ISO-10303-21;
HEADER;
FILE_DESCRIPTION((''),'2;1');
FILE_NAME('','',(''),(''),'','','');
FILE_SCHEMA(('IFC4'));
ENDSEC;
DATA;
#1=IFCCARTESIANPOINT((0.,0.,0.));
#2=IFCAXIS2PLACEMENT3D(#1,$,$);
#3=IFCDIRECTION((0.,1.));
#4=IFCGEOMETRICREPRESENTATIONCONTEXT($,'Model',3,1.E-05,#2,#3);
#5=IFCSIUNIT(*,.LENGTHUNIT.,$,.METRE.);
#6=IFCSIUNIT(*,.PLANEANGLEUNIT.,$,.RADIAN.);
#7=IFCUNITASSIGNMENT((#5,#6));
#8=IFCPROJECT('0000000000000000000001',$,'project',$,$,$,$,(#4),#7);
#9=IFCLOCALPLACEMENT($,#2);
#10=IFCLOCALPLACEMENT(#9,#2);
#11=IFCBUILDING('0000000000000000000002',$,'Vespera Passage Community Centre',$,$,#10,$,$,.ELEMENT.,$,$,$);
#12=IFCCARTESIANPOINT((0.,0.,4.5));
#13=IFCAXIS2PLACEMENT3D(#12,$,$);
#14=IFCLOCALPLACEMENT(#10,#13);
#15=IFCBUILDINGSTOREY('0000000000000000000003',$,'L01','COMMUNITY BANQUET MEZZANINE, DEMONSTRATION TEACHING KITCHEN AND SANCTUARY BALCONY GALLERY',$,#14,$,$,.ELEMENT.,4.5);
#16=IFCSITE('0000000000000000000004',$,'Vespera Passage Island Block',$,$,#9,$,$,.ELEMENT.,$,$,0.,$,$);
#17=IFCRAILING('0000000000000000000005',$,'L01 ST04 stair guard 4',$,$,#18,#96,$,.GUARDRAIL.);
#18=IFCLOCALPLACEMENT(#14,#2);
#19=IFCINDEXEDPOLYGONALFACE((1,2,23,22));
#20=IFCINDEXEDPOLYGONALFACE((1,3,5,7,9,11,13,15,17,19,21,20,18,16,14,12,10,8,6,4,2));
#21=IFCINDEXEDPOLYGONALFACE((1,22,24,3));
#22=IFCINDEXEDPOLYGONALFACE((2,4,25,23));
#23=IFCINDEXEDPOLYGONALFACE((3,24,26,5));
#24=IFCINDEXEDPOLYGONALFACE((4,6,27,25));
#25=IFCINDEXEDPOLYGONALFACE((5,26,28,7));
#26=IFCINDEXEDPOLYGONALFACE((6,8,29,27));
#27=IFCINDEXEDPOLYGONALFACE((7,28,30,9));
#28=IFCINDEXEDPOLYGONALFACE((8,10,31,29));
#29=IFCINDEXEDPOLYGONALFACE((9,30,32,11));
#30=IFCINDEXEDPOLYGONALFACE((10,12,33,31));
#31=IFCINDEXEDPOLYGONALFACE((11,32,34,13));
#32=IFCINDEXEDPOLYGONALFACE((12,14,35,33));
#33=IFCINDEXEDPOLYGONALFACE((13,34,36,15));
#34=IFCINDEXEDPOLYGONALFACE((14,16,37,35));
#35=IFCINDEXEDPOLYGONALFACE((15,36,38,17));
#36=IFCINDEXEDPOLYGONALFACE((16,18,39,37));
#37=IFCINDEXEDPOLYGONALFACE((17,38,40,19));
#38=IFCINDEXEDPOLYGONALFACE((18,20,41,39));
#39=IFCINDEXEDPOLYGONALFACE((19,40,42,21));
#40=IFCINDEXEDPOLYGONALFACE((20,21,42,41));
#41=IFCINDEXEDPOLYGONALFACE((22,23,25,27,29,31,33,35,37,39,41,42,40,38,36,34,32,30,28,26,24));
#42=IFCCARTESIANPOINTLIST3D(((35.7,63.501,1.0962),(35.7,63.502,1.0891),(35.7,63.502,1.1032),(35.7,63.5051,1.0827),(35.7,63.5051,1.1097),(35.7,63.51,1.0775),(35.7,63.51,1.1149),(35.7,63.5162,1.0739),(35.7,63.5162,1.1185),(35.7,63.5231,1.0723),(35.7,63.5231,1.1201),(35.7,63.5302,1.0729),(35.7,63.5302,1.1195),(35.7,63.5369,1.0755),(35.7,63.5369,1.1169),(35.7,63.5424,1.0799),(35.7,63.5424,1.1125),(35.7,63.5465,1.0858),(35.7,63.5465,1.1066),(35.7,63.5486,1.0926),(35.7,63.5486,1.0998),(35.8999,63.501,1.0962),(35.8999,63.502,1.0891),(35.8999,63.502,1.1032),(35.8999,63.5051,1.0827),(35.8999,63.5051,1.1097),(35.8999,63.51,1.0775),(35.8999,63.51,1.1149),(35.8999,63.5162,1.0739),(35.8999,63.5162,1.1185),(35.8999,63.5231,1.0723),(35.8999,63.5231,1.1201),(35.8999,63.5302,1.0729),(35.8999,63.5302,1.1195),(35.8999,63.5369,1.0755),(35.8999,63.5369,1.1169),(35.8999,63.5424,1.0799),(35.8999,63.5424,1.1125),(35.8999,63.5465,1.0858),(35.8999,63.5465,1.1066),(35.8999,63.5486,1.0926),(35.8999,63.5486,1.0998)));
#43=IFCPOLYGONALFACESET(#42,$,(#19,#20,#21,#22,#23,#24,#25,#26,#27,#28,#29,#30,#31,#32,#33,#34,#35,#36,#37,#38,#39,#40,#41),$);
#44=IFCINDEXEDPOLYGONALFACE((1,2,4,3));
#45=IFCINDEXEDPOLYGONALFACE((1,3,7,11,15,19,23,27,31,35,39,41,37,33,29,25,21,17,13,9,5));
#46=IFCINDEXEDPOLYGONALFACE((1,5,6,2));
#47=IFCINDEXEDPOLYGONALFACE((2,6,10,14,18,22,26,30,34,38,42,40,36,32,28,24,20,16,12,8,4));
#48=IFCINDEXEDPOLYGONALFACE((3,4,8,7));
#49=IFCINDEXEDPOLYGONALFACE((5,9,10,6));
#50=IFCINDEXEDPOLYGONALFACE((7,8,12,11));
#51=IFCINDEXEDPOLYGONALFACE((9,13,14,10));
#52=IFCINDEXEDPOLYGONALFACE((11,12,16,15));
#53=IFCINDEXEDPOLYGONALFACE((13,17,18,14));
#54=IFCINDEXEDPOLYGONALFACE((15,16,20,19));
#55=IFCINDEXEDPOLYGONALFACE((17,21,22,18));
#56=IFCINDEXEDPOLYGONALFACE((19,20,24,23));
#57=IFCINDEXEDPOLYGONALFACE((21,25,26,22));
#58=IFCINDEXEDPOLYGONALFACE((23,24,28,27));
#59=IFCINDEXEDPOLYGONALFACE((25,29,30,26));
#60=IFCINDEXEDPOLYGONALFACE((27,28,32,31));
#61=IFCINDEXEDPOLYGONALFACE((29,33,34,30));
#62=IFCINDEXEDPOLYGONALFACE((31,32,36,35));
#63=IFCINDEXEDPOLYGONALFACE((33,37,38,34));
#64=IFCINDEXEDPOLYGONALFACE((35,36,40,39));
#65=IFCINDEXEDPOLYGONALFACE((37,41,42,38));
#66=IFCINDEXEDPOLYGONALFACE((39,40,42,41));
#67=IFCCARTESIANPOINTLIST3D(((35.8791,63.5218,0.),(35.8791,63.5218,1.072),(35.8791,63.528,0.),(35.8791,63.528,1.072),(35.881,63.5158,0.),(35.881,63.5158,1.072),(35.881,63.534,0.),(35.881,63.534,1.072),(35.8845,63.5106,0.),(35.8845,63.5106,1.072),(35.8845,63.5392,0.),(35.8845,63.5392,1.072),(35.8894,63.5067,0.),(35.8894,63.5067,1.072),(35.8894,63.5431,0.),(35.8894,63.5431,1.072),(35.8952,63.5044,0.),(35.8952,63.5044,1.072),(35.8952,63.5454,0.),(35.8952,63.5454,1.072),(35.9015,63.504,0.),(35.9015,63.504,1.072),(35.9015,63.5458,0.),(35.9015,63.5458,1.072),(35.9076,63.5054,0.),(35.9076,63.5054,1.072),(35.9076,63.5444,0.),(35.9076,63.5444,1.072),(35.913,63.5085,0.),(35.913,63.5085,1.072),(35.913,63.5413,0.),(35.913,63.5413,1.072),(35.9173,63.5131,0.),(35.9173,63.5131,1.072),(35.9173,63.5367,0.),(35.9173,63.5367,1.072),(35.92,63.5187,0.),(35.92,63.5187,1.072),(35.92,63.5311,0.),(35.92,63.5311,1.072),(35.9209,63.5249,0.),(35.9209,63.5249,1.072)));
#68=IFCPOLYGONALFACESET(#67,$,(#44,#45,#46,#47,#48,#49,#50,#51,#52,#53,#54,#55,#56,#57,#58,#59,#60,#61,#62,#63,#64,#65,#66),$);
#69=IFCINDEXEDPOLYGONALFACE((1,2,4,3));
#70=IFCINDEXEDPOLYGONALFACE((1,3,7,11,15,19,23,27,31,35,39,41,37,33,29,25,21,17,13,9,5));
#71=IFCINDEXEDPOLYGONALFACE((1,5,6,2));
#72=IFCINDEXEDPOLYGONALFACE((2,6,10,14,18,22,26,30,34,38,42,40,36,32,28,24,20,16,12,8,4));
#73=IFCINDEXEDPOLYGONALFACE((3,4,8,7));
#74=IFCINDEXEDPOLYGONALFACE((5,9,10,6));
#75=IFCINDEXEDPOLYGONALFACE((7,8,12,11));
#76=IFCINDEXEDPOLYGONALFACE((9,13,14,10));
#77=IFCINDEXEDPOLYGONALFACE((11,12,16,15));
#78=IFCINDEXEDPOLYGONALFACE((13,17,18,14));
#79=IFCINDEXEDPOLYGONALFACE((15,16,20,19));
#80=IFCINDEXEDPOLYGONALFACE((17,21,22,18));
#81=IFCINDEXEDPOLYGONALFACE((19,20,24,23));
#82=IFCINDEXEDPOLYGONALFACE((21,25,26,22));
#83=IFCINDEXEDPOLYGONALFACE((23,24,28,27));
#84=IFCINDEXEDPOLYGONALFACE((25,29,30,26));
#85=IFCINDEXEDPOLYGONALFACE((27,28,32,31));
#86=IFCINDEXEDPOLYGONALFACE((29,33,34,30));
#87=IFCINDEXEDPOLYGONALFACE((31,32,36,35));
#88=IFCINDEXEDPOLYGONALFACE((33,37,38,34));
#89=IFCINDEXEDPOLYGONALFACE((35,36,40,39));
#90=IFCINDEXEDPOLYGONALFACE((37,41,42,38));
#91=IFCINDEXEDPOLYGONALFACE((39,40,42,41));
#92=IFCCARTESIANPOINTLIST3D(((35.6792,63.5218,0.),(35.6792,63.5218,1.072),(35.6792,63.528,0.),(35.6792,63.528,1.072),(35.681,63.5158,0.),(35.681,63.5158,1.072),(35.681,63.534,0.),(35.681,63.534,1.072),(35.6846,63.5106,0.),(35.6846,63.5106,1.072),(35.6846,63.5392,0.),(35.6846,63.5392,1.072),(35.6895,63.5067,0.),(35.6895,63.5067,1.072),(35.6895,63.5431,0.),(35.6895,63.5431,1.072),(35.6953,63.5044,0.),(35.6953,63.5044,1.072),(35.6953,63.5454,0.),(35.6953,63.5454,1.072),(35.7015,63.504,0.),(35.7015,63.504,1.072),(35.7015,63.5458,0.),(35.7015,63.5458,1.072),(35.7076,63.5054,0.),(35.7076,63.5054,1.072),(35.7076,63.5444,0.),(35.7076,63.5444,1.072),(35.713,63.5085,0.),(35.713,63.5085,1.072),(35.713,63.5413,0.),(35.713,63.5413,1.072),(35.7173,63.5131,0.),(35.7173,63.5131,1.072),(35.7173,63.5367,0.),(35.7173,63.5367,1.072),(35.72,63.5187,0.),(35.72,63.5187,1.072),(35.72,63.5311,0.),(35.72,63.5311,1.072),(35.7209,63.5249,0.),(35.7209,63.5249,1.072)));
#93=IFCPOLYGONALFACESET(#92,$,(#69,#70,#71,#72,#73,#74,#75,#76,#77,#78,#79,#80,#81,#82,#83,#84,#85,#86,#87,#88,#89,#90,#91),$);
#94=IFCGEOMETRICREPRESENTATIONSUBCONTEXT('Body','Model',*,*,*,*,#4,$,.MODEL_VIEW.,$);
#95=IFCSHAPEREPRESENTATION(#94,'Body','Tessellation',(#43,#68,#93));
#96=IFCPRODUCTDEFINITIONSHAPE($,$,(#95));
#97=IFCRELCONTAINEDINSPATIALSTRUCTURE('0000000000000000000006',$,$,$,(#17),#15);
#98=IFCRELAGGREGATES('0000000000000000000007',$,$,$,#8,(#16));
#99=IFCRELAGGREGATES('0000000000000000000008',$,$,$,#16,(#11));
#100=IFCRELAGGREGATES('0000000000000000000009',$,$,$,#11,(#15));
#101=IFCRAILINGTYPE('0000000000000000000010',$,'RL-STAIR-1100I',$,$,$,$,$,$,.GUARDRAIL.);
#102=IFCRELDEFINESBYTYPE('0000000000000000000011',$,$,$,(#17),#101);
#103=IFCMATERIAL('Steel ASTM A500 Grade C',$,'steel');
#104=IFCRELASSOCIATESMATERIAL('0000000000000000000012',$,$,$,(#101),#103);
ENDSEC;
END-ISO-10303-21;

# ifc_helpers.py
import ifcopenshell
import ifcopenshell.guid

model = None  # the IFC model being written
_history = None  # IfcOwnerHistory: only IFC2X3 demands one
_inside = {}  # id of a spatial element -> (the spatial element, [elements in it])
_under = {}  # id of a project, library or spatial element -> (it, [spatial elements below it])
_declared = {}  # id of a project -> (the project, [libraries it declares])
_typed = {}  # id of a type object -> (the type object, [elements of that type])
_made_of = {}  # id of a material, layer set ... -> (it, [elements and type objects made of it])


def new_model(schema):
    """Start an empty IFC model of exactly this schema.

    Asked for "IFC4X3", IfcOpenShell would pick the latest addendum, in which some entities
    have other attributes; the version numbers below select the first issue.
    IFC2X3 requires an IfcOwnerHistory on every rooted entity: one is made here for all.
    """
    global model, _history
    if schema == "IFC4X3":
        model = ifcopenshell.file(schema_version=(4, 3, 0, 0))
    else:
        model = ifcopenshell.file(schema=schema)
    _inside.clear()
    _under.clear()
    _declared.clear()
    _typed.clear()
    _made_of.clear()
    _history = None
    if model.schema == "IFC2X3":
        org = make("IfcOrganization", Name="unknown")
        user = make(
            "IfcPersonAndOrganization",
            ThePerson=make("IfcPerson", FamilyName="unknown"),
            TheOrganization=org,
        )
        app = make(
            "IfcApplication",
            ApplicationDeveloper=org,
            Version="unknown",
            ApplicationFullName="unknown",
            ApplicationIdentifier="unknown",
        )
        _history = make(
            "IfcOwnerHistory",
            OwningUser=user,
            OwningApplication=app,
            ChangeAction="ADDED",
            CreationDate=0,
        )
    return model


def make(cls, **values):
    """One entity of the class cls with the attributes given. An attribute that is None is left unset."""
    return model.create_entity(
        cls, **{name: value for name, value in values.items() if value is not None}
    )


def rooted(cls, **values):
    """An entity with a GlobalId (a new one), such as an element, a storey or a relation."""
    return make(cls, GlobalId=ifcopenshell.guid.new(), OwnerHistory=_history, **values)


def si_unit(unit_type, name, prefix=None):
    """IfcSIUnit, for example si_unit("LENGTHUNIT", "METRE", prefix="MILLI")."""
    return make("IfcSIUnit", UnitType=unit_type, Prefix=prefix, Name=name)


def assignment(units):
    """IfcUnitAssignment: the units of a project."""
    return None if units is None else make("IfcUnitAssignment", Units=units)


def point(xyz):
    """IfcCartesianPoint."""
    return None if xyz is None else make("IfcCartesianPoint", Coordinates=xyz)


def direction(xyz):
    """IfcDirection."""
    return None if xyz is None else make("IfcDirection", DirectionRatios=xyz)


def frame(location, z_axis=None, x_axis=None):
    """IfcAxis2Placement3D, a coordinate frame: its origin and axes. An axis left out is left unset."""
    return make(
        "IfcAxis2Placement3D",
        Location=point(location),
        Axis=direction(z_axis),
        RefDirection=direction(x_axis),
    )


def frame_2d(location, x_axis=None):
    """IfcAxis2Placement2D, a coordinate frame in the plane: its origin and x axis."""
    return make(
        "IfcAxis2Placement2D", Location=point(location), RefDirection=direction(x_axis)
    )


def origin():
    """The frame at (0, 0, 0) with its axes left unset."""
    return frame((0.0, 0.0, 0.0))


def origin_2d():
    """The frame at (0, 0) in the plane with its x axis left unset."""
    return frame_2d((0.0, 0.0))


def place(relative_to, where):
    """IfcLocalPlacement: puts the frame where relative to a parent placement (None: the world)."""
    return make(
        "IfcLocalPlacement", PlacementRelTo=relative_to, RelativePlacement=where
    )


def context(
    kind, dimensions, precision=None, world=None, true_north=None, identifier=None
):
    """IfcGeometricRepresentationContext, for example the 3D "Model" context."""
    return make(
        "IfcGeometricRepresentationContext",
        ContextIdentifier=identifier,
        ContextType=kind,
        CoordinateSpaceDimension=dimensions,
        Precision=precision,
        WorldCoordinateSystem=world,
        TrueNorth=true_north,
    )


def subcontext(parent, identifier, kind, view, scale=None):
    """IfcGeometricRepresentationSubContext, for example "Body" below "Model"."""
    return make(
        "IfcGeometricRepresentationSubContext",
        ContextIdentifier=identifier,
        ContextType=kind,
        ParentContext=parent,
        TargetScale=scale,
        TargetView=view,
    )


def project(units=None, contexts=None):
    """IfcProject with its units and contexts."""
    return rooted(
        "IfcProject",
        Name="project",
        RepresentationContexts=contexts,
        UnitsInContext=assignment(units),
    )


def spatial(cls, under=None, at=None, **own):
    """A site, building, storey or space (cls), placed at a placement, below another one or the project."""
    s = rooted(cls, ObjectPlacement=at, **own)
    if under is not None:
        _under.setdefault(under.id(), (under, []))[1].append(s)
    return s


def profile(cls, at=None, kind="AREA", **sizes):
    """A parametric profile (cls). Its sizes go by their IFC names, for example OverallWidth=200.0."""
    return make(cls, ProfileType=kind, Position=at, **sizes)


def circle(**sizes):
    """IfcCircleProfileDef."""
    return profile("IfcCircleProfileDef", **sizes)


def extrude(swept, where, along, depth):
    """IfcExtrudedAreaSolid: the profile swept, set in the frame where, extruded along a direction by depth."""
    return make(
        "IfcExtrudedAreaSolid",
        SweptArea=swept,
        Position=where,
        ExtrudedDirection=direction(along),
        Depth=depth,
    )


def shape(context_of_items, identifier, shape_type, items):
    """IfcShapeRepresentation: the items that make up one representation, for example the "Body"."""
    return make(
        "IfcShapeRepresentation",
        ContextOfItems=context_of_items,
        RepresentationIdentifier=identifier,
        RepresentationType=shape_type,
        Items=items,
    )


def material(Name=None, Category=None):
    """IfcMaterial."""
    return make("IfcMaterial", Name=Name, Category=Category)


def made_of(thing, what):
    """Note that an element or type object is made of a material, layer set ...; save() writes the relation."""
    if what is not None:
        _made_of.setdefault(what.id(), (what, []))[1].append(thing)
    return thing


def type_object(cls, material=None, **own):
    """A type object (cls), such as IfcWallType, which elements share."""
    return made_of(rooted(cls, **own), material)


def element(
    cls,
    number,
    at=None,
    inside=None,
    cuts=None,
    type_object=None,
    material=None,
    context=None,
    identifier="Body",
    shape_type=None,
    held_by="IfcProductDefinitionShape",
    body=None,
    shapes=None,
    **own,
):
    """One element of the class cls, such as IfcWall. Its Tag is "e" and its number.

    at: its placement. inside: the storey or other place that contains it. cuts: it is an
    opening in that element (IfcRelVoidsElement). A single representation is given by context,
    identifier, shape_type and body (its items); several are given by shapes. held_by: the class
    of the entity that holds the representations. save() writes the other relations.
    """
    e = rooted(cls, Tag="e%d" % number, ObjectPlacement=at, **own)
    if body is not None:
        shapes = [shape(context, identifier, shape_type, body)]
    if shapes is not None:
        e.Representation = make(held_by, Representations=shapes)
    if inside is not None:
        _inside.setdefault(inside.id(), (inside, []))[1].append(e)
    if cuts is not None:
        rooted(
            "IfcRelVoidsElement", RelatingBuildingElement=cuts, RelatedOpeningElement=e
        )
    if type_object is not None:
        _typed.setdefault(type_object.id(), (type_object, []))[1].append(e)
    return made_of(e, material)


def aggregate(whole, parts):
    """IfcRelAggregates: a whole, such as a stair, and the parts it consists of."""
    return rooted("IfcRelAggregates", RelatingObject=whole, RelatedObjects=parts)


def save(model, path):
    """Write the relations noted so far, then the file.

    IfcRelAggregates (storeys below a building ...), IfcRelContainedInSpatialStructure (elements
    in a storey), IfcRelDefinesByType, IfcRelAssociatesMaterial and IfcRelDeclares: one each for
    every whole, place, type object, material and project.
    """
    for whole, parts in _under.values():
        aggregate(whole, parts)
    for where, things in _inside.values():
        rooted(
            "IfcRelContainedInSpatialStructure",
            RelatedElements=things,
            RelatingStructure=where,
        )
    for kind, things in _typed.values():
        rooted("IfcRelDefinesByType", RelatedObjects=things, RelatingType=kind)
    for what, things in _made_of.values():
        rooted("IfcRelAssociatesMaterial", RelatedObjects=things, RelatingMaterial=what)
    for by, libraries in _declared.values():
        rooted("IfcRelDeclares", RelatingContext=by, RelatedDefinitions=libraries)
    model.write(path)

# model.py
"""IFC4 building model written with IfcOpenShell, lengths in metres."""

from ifc_helpers import new_model, si_unit, direction, frame, origin, origin_2d, place, context, subcontext, project, spatial, circle, extrude, material, type_object, element, save


model = new_model("IFC4")

# Units and contexts
model_context = context("Model", 3, precision=1e-05, world=origin(), true_north=direction((0.0, 1.0)))
body_context = subcontext(model_context, "Body", "Model", "MODEL_VIEW")
ifc_project = project(units=[si_unit("LENGTHUNIT", "METRE"), si_unit("PLANEANGLEUNIT", "RADIAN")], contexts=[model_context])

# Site, building, storey
site_placement = place(None, origin())
site = spatial("IfcSite", under=ifc_project, at=site_placement, Name="Vespera Passage Island Block", CompositionType="ELEMENT", RefElevation=0.0)
building_placement = place(site_placement, origin())
building = spatial("IfcBuilding", under=site, at=building_placement, Name="Vespera Passage Community Centre", CompositionType="ELEMENT")
storey_placement = place(building_placement, frame((0.0, 0.0, 4.5)))
storey = spatial("IfcBuildingStorey", under=building, at=storey_placement, Name="L01", Description="COMMUNITY BANQUET MEZZANINE, DEMONSTRATION TEACHING KITCHEN AND SANCTUARY BALCONY GALLERY", CompositionType="ELEMENT", Elevation=4.5)

# Railing
ifc_material_1 = material(Name="Steel ASTM A500 Grade C", Category="steel")
railing_type = type_object("IfcRailingType", Name="RL-STAIR-1100I", PredefinedType="GUARDRAIL", material=ifc_material_1)
railing_1_placement = place(storey_placement, frame((35.8999, 63.5249, 0.0)))
element("IfcRailing", 1, at=railing_1_placement, inside=storey, type_object=railing_type, Name="L01 ST04 stair guard 4", PredefinedType="GUARDRAIL", context=body_context, shape_type="SweptSolid", body=[
    extrude(circle(Radius=0.0239, at=origin_2d()), frame((0.0, 0.0, 1.0962), z_axis=(-1.0, 0.0, 0.0), x_axis=(0.0, -1.0, 0.0)), (0.0, 0.0, 1.0), 0.2),
    extrude(circle(Radius=0.021, at=origin_2d()), origin(), (0.0, 0.0, 1.0), 1.072),
    extrude(circle(Radius=0.021, at=origin_2d()), frame((-0.2, 0.0, 0.0)), (0.0, 0.0, 1.0), 1.072),
])

save(model, "model.ifc")
